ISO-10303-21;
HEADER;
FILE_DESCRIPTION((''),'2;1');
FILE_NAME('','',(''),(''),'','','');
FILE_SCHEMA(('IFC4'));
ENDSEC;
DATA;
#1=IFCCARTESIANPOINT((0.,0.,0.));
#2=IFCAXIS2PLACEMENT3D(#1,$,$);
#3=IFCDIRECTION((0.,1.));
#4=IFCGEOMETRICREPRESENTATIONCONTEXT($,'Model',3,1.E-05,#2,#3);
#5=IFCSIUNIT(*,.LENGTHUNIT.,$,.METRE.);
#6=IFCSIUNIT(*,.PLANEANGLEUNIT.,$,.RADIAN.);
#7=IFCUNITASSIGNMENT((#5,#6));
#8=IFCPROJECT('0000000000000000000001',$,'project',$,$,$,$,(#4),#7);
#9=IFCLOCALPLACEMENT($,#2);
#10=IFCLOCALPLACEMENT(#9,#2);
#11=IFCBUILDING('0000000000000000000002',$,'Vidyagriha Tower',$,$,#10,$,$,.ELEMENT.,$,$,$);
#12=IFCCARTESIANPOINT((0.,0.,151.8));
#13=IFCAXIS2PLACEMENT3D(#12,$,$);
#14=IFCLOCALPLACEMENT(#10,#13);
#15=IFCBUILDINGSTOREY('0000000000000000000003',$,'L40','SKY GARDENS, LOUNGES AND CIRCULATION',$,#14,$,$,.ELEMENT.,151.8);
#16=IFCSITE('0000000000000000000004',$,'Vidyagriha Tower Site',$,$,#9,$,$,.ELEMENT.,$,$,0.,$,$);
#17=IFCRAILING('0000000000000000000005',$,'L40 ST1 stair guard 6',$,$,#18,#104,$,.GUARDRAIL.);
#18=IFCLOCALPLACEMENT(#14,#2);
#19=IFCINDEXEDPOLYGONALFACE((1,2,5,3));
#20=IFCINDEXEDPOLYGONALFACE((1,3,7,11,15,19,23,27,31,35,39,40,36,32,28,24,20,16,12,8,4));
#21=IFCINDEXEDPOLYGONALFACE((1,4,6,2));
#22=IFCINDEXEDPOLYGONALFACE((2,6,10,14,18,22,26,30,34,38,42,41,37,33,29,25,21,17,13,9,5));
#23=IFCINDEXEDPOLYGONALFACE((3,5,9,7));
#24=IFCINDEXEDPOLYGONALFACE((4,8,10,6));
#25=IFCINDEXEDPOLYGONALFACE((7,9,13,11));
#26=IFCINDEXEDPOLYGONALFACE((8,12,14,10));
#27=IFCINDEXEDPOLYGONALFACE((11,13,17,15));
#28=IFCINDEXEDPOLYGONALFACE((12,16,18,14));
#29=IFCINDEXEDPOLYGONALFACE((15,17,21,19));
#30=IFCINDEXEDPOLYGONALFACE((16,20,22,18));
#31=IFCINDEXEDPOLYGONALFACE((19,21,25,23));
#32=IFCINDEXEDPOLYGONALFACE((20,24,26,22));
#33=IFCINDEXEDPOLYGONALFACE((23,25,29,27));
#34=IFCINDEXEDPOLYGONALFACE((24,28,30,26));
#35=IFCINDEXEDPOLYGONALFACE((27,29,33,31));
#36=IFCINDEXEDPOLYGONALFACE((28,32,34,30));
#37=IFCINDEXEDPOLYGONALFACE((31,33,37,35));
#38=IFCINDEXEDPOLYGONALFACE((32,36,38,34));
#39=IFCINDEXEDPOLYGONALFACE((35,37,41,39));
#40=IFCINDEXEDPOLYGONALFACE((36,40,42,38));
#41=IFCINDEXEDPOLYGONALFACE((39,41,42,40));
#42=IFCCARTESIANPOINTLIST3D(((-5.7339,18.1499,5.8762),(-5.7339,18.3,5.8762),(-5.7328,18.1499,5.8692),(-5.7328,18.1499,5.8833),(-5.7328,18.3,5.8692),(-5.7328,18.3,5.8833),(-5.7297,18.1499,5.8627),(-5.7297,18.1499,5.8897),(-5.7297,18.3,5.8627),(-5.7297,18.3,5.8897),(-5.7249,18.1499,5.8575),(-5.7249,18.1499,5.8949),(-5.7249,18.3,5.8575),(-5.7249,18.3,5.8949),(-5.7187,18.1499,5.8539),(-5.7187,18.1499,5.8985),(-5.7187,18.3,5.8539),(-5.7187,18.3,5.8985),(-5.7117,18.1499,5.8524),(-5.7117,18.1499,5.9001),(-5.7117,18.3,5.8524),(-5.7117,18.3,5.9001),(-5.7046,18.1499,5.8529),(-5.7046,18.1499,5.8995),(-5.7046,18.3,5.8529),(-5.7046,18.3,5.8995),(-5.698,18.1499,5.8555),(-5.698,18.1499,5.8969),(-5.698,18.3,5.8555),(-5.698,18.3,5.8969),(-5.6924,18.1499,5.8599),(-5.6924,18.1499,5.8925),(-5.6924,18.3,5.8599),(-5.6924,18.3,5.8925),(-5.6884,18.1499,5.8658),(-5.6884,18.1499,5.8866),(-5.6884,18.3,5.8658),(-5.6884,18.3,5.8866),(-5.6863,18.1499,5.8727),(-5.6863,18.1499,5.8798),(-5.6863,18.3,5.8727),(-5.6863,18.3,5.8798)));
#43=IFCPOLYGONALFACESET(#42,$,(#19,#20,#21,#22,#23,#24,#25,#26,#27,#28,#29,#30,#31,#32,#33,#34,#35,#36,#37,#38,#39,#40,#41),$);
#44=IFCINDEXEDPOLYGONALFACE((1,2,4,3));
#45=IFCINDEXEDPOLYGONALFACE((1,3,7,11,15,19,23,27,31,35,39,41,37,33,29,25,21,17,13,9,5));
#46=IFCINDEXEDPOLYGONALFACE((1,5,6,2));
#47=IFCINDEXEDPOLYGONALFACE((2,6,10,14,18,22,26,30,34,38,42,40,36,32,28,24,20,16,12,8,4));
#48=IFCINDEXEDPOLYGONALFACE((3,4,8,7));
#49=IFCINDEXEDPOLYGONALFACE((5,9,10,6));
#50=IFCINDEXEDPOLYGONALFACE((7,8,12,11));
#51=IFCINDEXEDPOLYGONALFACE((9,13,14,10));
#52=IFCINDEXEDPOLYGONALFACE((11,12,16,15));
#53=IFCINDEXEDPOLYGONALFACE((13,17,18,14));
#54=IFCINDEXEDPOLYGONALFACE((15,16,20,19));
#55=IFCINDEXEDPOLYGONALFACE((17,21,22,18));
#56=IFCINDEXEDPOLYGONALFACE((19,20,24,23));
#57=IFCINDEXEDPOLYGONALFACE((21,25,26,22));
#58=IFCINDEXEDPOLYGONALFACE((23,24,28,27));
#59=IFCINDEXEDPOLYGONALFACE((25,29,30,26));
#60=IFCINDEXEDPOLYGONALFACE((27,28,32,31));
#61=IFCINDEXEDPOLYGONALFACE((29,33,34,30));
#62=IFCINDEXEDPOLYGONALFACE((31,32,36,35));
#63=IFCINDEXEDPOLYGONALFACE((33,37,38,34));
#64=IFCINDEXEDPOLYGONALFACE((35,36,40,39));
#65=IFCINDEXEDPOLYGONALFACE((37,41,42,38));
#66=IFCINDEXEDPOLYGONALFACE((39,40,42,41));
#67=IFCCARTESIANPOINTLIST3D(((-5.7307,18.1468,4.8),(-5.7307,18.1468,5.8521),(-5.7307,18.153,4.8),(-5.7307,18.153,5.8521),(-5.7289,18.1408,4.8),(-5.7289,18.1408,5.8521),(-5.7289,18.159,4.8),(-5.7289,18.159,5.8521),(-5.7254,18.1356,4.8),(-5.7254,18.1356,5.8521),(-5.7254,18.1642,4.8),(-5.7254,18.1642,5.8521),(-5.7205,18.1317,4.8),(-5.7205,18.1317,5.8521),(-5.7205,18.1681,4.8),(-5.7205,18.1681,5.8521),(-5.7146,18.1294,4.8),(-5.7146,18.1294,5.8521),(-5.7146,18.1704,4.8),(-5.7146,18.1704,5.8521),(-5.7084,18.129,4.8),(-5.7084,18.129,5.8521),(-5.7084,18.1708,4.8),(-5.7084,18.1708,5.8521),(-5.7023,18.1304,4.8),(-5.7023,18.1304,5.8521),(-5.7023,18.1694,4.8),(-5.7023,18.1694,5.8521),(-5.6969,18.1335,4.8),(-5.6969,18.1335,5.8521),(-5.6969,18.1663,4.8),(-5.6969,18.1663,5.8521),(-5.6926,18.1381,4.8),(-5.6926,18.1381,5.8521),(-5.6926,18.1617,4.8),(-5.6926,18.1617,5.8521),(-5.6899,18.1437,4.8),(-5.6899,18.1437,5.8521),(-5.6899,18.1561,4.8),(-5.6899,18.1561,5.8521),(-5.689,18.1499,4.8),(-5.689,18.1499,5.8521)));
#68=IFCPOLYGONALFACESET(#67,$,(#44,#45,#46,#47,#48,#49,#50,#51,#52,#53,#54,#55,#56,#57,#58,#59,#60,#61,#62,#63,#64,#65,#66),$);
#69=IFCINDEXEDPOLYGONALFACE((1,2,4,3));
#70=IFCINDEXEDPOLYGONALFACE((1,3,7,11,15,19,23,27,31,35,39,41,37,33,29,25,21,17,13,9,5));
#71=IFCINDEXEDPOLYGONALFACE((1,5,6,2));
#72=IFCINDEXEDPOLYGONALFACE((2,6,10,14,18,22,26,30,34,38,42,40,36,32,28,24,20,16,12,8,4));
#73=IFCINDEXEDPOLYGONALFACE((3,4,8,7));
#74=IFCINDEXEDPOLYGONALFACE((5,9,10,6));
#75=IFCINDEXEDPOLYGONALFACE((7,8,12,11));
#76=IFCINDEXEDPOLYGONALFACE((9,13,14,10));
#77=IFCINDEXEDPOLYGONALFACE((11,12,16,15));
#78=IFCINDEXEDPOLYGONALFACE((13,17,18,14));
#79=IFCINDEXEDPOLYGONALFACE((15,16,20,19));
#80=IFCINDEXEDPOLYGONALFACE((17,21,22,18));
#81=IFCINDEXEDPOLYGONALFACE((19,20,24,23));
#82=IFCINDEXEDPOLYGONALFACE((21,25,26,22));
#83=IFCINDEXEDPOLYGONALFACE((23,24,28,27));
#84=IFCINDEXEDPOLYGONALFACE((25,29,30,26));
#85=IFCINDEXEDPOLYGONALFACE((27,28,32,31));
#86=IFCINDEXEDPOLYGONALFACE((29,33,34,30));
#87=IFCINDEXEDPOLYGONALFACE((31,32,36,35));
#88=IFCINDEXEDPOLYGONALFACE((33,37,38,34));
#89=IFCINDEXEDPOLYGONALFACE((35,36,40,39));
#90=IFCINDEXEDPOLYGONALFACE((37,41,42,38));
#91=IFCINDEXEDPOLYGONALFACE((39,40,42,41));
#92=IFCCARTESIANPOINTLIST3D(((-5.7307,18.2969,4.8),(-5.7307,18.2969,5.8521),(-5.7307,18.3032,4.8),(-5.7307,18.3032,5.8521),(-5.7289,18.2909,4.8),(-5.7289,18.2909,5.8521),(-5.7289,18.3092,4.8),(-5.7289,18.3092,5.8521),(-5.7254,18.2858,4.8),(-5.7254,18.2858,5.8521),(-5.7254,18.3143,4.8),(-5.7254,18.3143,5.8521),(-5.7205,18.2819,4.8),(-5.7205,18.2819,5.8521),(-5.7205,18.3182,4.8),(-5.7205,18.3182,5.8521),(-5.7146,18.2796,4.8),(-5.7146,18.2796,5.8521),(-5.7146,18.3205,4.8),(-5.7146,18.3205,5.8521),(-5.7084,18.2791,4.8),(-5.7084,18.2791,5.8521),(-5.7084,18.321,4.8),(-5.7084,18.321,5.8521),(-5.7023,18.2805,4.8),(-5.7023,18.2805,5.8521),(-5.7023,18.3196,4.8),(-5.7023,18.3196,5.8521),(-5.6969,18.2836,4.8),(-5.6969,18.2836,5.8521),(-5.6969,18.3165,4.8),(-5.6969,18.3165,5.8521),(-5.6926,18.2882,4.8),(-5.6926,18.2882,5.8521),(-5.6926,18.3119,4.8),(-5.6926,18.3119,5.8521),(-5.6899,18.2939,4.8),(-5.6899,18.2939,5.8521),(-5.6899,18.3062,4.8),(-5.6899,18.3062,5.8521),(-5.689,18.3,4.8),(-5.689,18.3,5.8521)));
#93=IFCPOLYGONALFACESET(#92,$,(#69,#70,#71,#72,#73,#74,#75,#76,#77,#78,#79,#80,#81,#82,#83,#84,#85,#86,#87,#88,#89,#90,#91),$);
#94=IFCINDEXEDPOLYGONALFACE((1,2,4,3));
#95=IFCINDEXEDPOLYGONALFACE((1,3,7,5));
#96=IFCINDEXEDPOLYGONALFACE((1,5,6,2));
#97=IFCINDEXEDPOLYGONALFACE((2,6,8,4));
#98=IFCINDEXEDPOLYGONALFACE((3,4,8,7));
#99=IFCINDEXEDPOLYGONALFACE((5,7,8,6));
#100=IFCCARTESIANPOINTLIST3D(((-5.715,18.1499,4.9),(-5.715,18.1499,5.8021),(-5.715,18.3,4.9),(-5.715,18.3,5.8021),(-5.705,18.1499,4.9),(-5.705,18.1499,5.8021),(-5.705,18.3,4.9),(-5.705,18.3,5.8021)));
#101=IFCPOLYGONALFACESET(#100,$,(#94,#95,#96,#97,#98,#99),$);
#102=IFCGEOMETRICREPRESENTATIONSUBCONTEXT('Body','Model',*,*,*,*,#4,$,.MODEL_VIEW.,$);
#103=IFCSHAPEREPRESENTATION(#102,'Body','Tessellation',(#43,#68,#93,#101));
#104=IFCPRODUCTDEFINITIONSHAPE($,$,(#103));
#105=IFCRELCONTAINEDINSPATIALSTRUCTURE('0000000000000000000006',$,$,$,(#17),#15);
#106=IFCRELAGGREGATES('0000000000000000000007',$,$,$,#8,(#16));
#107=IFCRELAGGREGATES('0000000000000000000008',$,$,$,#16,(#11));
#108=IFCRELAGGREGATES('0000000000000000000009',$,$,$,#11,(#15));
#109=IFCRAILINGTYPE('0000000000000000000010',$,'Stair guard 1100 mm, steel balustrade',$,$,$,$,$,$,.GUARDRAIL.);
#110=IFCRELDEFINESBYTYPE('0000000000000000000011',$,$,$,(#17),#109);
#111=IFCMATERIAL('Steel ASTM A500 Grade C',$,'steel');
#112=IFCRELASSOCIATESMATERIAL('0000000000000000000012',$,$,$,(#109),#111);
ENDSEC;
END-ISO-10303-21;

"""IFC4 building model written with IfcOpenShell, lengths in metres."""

from ifc_helpers import new_model, si_unit, direction, frame, origin, origin_2d, place, context, subcontext, project, spatial, rectangle, circle, extrude, material, type_object, element, save


model = new_model("IFC4")

# Units and contexts
model_context = context("Model", 3, precision=1e-05, world=origin(), true_north=direction((0.0, 1.0)))
body_context = subcontext(model_context, "Body", "Model", "MODEL_VIEW")
ifc_project = project(units=[si_unit("LENGTHUNIT", "METRE"), si_unit("PLANEANGLEUNIT", "RADIAN")], contexts=[model_context])

# Site, building, storey
site_placement = place(None, origin())
site = spatial("IfcSite", under=ifc_project, at=site_placement, Name="Vidyagriha Tower Site", CompositionType="ELEMENT", RefElevation=0.0)
building_placement = place(site_placement, origin())
building = spatial("IfcBuilding", under=site, at=building_placement, Name="Vidyagriha Tower", CompositionType="ELEMENT")
storey_placement = place(building_placement, frame((0.0, 0.0, 151.8)))
storey = spatial("IfcBuildingStorey", under=building, at=storey_placement, Name="L40", Description="SKY GARDENS, LOUNGES AND CIRCULATION", CompositionType="ELEMENT", Elevation=151.8)

# Railing
ifc_material_1 = material(Name="Steel ASTM A500 Grade C", Category="steel")
railing_type_1 = type_object("IfcRailingType", Name="Stair guard 1100 mm, steel balustrade", PredefinedType="GUARDRAIL", material=ifc_material_1)
railing_1_placement = place(storey_placement, frame((-5.71, 18.1499, 4.8)))
element("IfcRailing", 1, at=railing_1_placement, inside=storey, type_object=railing_type_1, Name="L40 ST1 stair guard 6", PredefinedType="GUARDRAIL", context=body_context, shape_type="SweptSolid", body=[
    extrude(circle(Radius=0.0239, at=origin_2d()), frame((0.0, 0.0, 1.0762), z_axis=(0.0, 1.0, 0.0), x_axis=(-1.0, 0.0, 0.0)), (0.0, 0.0, 1.0), 0.1501),
    extrude(circle(Radius=0.021, at=origin_2d()), origin(), (0.0, 0.0, 1.0), 1.052),
    extrude(circle(Radius=0.021, at=origin_2d()), frame((0.0, 0.1501, 0.0)), (0.0, 0.0, 1.0), 1.052),
    extrude(rectangle(XDim=0.01, YDim=0.9021, at=origin_2d()), frame((0.0, 0.0, 0.551), z_axis=(0.0, 1.0, 0.0), x_axis=(-1.0, 0.0, 0.0)), (0.0, 0.0, 1.0), 0.1501),
])

save(model, "model.ifc")
